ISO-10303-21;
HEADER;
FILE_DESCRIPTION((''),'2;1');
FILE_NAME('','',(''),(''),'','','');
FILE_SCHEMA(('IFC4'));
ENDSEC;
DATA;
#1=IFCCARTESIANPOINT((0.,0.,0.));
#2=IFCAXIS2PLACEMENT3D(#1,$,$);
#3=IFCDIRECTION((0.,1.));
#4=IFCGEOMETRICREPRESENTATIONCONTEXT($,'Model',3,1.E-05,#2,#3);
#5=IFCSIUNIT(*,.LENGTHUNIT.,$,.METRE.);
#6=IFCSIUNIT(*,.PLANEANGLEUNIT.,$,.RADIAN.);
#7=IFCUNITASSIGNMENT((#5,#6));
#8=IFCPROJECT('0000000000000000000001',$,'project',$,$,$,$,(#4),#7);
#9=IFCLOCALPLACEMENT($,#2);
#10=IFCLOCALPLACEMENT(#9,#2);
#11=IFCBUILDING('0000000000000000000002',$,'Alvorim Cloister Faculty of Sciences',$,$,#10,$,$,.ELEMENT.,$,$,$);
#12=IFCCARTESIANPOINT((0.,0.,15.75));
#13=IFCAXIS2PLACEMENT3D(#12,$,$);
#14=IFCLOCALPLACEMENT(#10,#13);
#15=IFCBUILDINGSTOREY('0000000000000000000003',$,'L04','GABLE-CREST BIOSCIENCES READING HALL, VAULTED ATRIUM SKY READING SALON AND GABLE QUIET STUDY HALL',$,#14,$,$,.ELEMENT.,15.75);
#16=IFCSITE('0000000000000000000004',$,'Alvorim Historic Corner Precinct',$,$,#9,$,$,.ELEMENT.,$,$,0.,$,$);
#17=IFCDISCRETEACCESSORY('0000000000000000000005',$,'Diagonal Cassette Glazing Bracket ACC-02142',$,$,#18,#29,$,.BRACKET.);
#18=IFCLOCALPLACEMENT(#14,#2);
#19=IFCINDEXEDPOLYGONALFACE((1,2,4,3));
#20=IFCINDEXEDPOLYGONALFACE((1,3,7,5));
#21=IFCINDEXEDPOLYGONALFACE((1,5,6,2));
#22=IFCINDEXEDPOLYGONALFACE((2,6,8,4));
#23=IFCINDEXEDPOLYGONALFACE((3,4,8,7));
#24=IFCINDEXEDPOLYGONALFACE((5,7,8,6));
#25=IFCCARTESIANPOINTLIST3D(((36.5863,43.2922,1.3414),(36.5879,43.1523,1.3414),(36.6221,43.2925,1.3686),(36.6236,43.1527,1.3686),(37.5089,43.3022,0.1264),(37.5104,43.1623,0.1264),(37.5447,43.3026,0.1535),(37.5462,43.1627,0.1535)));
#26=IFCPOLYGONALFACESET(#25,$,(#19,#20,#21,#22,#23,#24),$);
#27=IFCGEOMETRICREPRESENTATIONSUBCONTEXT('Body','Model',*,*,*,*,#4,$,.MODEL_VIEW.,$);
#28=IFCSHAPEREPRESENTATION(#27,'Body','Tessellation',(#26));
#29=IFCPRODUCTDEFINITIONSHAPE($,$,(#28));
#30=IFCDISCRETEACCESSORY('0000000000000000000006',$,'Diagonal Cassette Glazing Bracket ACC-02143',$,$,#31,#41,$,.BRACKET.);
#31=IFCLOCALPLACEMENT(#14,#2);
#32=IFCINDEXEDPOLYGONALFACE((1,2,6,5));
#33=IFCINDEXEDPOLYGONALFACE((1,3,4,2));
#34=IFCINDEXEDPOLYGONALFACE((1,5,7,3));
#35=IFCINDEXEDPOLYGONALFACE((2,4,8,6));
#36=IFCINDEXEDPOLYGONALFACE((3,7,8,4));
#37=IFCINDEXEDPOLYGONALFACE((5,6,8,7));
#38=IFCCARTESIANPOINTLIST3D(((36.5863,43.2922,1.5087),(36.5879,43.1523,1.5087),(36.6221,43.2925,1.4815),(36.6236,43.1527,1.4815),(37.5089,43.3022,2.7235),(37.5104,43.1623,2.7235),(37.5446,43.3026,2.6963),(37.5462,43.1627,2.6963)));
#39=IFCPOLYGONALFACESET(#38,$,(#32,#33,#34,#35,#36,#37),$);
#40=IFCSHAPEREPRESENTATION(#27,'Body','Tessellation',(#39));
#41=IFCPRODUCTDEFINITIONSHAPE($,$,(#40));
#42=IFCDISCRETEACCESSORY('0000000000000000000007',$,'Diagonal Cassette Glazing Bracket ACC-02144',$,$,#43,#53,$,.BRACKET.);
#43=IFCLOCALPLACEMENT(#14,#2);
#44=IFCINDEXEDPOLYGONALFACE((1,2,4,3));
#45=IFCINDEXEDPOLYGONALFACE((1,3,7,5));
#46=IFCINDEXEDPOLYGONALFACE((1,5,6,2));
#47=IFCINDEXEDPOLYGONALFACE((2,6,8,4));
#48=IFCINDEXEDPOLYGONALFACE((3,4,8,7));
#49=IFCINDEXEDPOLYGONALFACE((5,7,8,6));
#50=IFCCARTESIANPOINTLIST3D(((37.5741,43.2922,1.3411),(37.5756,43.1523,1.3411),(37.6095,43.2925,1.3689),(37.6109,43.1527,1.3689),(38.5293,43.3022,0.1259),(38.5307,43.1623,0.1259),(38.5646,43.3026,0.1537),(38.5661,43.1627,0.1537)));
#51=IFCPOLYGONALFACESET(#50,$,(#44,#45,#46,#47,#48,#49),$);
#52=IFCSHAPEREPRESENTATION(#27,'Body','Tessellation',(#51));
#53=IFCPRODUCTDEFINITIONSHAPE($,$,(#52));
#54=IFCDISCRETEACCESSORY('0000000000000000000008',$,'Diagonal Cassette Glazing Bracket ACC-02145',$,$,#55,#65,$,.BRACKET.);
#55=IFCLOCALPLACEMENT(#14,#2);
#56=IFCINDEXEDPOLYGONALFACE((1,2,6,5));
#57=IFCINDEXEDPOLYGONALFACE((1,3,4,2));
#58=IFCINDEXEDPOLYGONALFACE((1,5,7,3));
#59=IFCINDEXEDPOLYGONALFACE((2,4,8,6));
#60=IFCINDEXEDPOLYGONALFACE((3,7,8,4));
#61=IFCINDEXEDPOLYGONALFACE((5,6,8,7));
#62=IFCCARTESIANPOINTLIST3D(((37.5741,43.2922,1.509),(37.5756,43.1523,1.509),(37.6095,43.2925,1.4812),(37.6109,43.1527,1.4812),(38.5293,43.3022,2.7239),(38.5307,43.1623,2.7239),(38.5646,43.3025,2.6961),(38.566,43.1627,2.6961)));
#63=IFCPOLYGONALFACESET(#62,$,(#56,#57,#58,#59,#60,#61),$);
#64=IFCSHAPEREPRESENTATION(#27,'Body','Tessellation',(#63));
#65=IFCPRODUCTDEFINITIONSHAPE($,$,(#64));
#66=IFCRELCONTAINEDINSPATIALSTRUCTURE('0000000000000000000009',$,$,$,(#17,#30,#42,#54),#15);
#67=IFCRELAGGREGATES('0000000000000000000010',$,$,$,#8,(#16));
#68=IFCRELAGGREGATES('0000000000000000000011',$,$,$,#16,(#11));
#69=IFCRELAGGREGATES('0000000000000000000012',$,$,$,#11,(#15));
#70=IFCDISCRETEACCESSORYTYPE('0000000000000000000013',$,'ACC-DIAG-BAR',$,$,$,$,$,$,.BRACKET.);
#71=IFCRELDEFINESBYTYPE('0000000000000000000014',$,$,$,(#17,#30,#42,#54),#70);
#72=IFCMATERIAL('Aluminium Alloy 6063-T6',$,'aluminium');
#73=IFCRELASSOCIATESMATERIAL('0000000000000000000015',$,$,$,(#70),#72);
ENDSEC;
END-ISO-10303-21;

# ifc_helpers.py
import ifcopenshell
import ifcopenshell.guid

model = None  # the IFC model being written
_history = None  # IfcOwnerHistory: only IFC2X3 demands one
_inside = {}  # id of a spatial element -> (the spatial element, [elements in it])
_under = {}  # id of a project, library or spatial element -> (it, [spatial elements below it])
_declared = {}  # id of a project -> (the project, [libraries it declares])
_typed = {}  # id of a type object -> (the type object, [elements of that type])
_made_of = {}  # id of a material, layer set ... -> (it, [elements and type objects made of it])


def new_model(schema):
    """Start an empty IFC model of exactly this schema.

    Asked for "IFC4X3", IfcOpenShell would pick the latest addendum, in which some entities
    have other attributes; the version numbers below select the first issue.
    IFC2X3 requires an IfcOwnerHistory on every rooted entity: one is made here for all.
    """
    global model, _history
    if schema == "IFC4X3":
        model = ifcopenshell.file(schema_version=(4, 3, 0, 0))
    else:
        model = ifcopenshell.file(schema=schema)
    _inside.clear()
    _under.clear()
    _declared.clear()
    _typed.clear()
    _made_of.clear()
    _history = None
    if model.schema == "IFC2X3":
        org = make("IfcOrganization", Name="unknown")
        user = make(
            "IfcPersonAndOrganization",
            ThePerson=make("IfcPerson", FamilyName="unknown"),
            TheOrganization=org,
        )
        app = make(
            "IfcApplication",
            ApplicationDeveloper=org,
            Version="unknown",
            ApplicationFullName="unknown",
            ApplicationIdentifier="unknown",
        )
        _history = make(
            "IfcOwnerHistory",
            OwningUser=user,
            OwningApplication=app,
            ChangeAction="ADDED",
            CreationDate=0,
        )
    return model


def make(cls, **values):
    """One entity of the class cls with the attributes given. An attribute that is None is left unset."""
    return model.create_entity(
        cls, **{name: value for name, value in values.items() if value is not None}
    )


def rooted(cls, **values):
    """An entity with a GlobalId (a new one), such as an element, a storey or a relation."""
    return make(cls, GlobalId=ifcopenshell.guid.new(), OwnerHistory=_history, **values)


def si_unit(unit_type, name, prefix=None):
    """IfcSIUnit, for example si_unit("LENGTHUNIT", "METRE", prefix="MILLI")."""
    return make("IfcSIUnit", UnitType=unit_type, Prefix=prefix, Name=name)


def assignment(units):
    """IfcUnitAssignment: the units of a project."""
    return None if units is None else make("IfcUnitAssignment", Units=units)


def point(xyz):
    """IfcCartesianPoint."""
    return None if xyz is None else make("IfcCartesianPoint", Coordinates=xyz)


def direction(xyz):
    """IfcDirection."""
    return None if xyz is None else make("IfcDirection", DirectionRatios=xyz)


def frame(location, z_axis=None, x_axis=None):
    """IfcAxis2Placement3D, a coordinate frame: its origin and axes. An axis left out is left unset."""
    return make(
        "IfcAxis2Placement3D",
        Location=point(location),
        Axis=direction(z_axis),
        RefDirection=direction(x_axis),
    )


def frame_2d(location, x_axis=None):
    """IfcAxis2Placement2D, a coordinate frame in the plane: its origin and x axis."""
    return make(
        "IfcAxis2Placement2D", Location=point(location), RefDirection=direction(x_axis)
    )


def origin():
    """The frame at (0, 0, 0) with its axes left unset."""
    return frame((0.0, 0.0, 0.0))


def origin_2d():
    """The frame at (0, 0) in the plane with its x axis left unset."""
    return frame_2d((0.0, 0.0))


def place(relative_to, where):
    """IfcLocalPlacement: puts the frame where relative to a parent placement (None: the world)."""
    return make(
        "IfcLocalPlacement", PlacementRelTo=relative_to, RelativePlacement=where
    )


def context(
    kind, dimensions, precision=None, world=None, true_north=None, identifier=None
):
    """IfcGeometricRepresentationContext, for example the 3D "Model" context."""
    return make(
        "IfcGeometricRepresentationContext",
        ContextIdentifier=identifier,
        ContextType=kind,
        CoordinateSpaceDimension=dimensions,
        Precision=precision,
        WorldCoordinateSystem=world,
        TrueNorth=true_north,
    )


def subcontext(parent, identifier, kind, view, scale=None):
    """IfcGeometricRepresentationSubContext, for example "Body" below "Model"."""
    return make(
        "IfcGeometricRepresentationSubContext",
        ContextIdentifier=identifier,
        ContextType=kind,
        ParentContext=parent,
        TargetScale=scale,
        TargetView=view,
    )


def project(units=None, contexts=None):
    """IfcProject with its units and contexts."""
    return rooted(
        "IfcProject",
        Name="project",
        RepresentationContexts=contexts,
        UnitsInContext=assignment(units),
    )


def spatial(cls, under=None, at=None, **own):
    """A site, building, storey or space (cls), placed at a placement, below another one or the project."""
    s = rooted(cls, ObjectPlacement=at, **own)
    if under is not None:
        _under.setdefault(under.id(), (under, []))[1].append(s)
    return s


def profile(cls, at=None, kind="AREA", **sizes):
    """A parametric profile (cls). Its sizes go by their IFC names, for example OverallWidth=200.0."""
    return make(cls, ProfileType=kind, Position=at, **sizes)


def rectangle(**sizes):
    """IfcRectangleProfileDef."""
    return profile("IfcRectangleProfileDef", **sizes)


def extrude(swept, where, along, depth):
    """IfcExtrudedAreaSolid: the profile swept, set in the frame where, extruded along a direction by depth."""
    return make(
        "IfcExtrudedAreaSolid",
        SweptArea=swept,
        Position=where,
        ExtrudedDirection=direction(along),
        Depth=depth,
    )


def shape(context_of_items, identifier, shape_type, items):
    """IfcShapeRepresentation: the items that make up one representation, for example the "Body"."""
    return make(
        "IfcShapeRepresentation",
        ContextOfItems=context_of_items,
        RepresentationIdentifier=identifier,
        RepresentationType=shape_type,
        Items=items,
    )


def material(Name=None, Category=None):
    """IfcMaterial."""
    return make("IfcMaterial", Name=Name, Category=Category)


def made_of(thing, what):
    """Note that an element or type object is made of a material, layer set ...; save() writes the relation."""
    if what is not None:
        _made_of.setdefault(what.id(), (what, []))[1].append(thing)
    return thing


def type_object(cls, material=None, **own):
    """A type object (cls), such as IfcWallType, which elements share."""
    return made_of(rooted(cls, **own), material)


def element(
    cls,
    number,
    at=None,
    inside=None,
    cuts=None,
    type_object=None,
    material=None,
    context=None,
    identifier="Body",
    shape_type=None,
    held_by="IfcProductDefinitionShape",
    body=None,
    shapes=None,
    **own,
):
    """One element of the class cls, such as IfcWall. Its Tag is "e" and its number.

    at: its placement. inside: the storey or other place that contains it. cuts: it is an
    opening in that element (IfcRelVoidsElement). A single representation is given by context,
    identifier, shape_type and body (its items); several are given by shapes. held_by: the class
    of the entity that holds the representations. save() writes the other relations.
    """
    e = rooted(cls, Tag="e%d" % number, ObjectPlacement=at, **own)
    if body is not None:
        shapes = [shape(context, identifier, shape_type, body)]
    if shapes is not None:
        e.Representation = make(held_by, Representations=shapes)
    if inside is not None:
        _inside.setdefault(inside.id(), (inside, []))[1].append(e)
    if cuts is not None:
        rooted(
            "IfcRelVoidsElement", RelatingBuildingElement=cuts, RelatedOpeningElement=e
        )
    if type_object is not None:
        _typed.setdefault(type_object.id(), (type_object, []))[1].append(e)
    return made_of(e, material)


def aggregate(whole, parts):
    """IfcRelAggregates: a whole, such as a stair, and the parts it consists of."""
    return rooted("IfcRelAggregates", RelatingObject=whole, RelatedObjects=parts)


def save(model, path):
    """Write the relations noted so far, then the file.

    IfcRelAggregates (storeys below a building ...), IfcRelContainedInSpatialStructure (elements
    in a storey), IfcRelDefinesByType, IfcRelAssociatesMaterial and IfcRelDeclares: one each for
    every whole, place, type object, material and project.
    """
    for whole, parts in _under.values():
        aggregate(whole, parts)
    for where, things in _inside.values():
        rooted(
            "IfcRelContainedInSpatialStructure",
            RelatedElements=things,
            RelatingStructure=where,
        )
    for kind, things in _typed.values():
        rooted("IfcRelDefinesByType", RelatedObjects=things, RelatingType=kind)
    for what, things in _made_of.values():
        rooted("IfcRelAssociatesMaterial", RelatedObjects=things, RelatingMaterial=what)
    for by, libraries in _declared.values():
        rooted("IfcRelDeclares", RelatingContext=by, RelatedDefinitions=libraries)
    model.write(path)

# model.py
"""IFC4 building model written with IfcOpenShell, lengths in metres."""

from ifc_helpers import new_model, si_unit, direction, frame, origin, origin_2d, place, context, subcontext, project, spatial, rectangle, extrude, material, type_object, element, save


model = new_model("IFC4")

# Units and contexts
model_context = context("Model", 3, precision=1e-05, world=origin(), true_north=direction((0.0, 1.0)))
body_context = subcontext(model_context, "Body", "Model", "MODEL_VIEW")
ifc_project = project(units=[si_unit("LENGTHUNIT", "METRE"), si_unit("PLANEANGLEUNIT", "RADIAN")], contexts=[model_context])

# Site, building, storey
site_placement = place(None, origin())
site = spatial("IfcSite", under=ifc_project, at=site_placement, Name="Alvorim Historic Corner Precinct", CompositionType="ELEMENT", RefElevation=0.0)
building_placement = place(site_placement, origin())
building = spatial("IfcBuilding", under=site, at=building_placement, Name="Alvorim Cloister Faculty of Sciences", CompositionType="ELEMENT")
storey_placement = place(building_placement, frame((0.0, 0.0, 15.75)))
storey = spatial("IfcBuildingStorey", under=building, at=storey_placement, Name="L04", Description="GABLE-CREST BIOSCIENCES READING HALL, VAULTED ATRIUM SKY READING SALON AND GABLE QUIET STUDY HALL", CompositionType="ELEMENT", Elevation=15.75)

# Shared definitions
ifc_material_1 = material(Name="Aluminium Alloy 6063-T6", Category="aluminium")

# Discrete accessories
discrete_accessory_type = type_object("IfcDiscreteAccessoryType", Name="ACC-DIAG-BAR", PredefinedType="BRACKET", material=ifc_material_1)
discrete_accessory_1_placement = place(storey_placement, frame((36.605, 43.2224, 1.355), z_axis=(0.604713, 0.006561, -0.796416), x_axis=(-0.010849, 0.999941, 0.0)))
element("IfcDiscreteAccessory", 1, at=discrete_accessory_1_placement, inside=storey, type_object=discrete_accessory_type, Name="Diagonal Cassette Glazing Bracket ACC-02142", PredefinedType="BRACKET", context=body_context, shape_type="SweptSolid", body=[
    extrude(rectangle(XDim=0.1399, YDim=0.0449, at=origin_2d()), origin(), (0.0, 0.0, 1.0), 1.5256),
])
discrete_accessory_2_placement = place(storey_placement, frame((36.605, 43.2224, 1.4951), z_axis=(0.60479, 0.006562, 0.796358), x_axis=(-0.010849, 0.999941, 0.0)))
element("IfcDiscreteAccessory", 2, at=discrete_accessory_2_placement, inside=storey, type_object=discrete_accessory_type, Name="Diagonal Cassette Glazing Bracket ACC-02143", PredefinedType="BRACKET", context=body_context, shape_type="SweptSolid", body=[
    extrude(rectangle(XDim=0.1399, YDim=0.0449, at=origin_2d()), origin(), (0.0, 0.0, 1.0), 1.5254),
])
discrete_accessory_3_placement = place(storey_placement, frame((37.5925, 43.2224, 1.355), z_axis=(0.617955, 0.006477, -0.786187), x_axis=(-0.01048, 0.999945, 0.0)))
element("IfcDiscreteAccessory", 3, at=discrete_accessory_3_placement, inside=storey, type_object=discrete_accessory_type, Name="Diagonal Cassette Glazing Bracket ACC-02144", PredefinedType="BRACKET", context=body_context, shape_type="SweptSolid", body=[
    extrude(rectangle(XDim=0.1399, YDim=0.0449, at=origin_2d()), origin(), (0.0, 0.0, 1.0), 1.5457),
])
discrete_accessory_4_placement = place(storey_placement, frame((37.5925, 43.2224, 1.4951), z_axis=(0.618032, 0.006477, 0.786126), x_axis=(-0.01048, 0.999945, 0.0)))
element("IfcDiscreteAccessory", 4, at=discrete_accessory_4_placement, inside=storey, type_object=discrete_accessory_type, Name="Diagonal Cassette Glazing Bracket ACC-02145", PredefinedType="BRACKET", context=body_context, shape_type="SweptSolid", body=[
    extrude(rectangle(XDim=0.1399, YDim=0.0449, at=origin_2d()), origin(), (0.0, 0.0, 1.0), 1.5454),
])

save(model, "model.ifc")
